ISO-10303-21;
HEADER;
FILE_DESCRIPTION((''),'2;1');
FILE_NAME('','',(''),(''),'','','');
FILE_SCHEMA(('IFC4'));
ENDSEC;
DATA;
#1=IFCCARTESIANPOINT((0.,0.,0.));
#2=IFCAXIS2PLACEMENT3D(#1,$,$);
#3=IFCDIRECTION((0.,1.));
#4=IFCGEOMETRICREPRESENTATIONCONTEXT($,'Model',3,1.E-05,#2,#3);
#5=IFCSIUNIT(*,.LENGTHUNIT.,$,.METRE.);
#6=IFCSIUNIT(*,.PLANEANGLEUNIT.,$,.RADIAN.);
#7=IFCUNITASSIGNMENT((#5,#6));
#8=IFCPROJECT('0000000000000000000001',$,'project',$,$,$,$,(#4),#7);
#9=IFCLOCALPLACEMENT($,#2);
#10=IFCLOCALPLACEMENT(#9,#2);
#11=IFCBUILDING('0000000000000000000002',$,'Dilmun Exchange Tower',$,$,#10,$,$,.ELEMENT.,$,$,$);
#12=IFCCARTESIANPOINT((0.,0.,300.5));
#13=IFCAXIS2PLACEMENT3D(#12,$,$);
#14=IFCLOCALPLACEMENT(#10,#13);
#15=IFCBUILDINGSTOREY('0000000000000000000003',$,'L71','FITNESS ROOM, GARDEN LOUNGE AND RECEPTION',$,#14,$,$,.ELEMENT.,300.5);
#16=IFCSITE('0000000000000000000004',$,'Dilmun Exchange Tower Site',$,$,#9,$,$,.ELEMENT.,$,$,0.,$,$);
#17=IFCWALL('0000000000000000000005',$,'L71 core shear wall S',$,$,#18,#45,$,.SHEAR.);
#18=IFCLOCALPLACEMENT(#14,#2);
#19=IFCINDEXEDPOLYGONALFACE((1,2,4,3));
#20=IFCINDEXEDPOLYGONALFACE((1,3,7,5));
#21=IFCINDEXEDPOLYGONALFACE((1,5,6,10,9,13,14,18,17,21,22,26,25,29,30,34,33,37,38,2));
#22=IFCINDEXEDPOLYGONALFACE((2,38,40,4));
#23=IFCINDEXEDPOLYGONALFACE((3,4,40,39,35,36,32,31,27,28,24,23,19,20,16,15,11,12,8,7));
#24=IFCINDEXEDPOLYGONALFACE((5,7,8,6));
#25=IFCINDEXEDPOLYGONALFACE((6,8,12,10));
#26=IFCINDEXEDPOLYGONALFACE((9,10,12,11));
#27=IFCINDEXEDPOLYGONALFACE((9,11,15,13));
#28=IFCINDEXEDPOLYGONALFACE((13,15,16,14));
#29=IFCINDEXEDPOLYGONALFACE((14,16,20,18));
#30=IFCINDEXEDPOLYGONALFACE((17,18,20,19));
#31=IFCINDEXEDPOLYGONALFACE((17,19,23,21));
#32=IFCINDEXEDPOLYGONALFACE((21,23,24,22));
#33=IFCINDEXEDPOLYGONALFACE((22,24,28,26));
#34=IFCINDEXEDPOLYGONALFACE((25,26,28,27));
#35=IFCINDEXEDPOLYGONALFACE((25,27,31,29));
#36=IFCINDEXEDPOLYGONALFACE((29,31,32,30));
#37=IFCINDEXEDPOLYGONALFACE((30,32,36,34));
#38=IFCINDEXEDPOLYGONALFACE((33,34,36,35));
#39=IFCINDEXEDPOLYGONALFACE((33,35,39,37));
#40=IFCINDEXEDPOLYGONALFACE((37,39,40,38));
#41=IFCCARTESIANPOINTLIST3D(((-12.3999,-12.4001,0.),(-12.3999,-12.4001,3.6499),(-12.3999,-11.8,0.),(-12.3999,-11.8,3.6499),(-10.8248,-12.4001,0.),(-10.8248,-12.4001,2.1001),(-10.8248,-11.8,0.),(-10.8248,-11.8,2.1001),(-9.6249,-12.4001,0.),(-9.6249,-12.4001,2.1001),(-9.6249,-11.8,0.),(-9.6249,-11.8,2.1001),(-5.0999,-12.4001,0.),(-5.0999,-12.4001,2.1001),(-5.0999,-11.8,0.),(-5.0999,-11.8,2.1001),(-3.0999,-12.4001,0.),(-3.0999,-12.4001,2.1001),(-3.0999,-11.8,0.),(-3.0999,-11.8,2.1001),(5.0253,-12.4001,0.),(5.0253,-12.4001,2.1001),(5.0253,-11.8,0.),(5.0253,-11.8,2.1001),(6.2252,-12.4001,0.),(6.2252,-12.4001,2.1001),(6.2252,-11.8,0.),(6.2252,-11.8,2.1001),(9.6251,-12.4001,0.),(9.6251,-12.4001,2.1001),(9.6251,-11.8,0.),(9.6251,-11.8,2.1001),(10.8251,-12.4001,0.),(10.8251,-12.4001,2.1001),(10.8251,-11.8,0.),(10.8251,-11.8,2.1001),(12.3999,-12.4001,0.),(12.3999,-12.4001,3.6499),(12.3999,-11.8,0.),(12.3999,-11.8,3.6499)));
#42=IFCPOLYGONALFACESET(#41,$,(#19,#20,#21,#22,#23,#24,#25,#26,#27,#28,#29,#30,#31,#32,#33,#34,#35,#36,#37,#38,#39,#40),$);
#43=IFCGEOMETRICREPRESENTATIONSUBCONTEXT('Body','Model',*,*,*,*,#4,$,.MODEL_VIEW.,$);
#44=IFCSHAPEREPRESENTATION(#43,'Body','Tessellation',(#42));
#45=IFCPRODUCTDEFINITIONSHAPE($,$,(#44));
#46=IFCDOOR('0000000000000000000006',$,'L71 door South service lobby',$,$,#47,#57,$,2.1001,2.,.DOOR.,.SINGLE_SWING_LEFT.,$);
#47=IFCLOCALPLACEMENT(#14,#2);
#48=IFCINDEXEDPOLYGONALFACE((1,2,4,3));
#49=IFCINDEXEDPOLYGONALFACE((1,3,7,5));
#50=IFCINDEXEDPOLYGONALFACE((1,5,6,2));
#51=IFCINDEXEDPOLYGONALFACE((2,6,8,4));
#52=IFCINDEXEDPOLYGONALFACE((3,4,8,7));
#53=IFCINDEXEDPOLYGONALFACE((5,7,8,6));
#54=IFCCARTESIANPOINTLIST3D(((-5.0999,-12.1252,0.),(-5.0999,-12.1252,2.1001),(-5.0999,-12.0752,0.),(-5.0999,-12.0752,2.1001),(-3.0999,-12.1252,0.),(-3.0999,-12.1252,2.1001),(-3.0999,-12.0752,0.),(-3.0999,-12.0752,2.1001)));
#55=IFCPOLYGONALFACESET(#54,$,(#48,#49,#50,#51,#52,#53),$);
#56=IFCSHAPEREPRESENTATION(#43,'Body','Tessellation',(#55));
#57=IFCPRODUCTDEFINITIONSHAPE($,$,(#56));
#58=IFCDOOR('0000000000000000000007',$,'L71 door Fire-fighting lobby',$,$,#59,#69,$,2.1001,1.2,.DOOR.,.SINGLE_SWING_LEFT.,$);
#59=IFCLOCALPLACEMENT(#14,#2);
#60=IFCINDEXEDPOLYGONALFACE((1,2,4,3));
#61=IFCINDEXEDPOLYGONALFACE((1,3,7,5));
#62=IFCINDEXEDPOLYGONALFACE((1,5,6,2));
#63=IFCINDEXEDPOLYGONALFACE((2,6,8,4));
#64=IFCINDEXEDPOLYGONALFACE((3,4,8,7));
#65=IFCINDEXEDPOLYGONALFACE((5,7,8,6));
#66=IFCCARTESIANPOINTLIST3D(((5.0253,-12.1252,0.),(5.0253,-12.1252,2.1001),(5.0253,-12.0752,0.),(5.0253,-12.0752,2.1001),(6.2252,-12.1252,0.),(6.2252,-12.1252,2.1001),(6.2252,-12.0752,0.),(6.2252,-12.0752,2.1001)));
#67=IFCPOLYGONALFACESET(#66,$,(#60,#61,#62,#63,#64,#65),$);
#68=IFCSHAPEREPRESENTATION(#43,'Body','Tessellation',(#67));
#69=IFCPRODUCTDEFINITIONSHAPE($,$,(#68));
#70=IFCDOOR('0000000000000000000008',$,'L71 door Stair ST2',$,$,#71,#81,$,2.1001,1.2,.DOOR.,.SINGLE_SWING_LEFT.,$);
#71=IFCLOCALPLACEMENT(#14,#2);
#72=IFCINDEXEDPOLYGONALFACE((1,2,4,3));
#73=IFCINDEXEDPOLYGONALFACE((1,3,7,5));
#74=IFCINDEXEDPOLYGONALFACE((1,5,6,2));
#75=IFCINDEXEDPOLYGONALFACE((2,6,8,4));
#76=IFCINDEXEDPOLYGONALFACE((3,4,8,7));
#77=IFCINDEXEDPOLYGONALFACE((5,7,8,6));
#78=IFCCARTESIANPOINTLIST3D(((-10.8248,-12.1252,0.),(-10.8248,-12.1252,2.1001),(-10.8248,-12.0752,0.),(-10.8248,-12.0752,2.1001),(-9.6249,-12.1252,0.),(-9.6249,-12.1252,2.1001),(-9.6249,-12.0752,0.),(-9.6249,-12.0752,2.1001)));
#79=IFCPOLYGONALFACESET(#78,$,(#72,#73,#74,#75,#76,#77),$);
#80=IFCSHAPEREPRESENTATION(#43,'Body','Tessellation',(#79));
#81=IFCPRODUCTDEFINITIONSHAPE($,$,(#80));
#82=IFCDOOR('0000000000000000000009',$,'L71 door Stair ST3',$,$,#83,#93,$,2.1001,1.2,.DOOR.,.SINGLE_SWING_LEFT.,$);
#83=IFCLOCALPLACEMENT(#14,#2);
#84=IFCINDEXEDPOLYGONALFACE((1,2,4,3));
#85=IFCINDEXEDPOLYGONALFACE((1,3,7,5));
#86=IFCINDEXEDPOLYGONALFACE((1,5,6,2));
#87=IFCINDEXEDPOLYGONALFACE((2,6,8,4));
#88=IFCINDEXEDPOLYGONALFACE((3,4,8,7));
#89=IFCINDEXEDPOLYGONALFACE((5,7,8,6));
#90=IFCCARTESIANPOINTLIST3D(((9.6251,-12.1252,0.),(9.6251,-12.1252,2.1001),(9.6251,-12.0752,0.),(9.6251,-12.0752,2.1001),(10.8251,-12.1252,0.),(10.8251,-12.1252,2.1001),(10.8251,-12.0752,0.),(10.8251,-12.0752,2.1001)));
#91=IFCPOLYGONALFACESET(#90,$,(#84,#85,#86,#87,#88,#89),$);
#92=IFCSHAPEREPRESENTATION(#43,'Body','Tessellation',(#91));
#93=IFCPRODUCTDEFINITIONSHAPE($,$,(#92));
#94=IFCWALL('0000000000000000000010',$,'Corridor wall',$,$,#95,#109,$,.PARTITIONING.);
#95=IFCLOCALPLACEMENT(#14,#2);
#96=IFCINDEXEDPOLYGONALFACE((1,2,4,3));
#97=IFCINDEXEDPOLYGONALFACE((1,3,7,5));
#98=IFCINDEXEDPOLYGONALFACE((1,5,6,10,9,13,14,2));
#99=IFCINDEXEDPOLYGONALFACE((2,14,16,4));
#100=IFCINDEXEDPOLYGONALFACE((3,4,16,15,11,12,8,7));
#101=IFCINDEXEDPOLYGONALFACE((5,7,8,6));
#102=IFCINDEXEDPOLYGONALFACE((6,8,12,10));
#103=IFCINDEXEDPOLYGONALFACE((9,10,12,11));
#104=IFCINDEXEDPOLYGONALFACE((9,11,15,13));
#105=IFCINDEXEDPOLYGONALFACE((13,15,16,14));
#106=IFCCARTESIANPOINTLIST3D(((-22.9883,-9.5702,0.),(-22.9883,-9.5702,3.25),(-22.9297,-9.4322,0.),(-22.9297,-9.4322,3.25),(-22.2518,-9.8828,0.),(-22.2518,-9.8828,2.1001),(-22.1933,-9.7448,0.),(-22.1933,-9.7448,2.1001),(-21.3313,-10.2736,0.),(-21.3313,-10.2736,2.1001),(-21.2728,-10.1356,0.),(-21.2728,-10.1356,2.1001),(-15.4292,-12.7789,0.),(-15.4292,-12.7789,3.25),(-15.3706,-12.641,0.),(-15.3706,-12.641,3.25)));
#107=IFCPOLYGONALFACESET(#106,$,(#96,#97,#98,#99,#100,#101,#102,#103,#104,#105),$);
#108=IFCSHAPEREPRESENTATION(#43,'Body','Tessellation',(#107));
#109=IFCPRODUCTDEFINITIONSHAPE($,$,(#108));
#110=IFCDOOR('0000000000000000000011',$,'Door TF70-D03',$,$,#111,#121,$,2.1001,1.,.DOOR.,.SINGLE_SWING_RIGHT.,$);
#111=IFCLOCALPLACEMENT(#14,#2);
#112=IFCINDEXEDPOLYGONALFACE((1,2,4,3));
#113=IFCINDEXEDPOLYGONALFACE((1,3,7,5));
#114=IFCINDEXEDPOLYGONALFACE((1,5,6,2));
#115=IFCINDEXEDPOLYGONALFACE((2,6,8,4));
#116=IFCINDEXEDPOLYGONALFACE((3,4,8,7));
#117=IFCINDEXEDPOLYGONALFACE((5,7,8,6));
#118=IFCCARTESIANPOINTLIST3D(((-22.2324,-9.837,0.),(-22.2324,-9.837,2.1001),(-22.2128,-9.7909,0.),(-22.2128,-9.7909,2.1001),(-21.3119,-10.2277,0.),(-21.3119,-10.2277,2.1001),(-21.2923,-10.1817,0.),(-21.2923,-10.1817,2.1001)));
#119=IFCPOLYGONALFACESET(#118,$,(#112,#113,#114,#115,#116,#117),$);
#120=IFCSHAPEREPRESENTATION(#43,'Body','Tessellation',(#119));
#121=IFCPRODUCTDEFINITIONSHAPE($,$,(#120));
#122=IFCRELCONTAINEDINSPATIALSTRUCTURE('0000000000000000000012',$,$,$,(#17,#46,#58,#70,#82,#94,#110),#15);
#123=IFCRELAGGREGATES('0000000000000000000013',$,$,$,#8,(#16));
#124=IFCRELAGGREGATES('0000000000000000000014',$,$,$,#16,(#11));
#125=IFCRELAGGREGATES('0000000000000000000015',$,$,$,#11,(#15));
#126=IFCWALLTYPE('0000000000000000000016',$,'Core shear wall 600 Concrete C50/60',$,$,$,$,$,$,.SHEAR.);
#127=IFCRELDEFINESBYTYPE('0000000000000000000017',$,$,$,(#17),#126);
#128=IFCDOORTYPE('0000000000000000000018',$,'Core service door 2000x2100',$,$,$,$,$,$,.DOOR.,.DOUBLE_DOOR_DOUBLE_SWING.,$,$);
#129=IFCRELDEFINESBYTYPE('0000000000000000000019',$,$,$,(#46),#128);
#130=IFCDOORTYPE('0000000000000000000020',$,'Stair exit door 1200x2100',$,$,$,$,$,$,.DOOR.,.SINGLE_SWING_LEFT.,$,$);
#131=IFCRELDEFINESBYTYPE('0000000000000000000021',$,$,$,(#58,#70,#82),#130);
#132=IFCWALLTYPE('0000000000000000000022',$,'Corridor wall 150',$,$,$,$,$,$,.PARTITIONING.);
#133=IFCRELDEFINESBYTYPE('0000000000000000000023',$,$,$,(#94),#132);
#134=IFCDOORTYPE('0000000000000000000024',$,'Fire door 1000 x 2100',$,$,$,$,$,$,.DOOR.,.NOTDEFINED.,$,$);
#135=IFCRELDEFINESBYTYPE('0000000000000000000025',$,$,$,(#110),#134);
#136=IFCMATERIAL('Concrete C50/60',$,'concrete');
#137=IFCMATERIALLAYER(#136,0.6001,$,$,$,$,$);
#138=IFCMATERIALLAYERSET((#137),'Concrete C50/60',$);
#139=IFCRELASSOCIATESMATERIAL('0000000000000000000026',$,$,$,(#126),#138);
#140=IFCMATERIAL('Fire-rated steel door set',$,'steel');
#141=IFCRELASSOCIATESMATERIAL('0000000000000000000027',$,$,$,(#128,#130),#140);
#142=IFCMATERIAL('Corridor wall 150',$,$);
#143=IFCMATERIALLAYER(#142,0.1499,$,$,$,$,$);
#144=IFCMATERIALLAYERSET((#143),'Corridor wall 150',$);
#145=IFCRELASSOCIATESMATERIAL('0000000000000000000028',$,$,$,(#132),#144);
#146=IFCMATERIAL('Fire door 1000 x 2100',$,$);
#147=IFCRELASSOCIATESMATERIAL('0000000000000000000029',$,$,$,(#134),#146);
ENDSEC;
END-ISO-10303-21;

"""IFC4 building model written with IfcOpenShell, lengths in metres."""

from ifc_helpers import new_model, si_unit, direction, frame, frame_2d, origin, place, context, subcontext, project, spatial, rectangle, extrude, material, layer, layer_set, type_object, element, fill, save


model = new_model("IFC4")

# Units and contexts
model_context = context("Model", 3, precision=1e-05, world=origin(), true_north=direction((0.0, 1.0)))
body_context = subcontext(model_context, "Body", "Model", "MODEL_VIEW")
ifc_project = project(units=[si_unit("LENGTHUNIT", "METRE"), si_unit("PLANEANGLEUNIT", "RADIAN")], contexts=[model_context])

# Site, building, storey
site_placement = place(None, origin())
site = spatial("IfcSite", under=ifc_project, at=site_placement, Name="Dilmun Exchange Tower Site", CompositionType="ELEMENT", RefElevation=0.0)
building_placement = place(site_placement, origin())
building = spatial("IfcBuilding", under=site, at=building_placement, Name="Dilmun Exchange Tower", CompositionType="ELEMENT")
storey_placement = place(building_placement, frame((0.0, 0.0, 300.5)))
storey = spatial("IfcBuildingStorey", under=building, at=storey_placement, Name="L71", Description="FITNESS ROOM, GARDEN LOUNGE AND RECEPTION", CompositionType="ELEMENT", Elevation=300.5)

# Shared definitions
ifc_material_1 = material(Name="Concrete C50/60", Category="concrete")

# Wall, openings, doors
ifc_material_2 = material(Name="Fire-rated steel door set", Category="steel")
ifc_layer_1 = layer(ifc_material_1, 0.6001)
ifc_layer_set_1 = layer_set([ifc_layer_1], Name="Concrete C50/60")
wall_type_1 = type_object("IfcWallType", Name="Core shear wall 600 Concrete C50/60", PredefinedType="SHEAR", material=ifc_layer_set_1)
wall_1_placement = place(storey_placement, frame((-12.3999, -12.1001, 0.0), z_axis=(0.0, 0.0, 1.0), x_axis=(1.0, 0.0, 0.0)))
wall_1 = element("IfcWall", 1, at=wall_1_placement, inside=storey, type_object=wall_type_1, Name="L71 core shear wall S", PredefinedType="SHEAR", context=body_context, shape_type="SweptSolid", body=[
    extrude(rectangle(XDim=24.7998, YDim=0.6001, at=frame_2d((12.3999, 0.0))), origin(), (0.0, 0.0, 1.0), 3.6499),
])
opening_1_placement = place(wall_1_placement, frame((7.3, 0.0, 0.0)))
opening_1 = element("IfcOpeningElement", 2, at=opening_1_placement, cuts=wall_1, PredefinedType="OPENING", context=body_context, shape_type="SweptSolid", body=[
    extrude(rectangle(XDim=2.0, YDim=2.1001, at=frame_2d((1.0, 1.05))), frame((0.0, 0.3101, 0.0), z_axis=(0.0, -1.0, 0.0), x_axis=(1.0, 0.0, 0.0)), (0.0, 0.0, 1.0), 0.6201),
])
opening_2_placement = place(wall_1_placement, frame((17.425, 0.0, 0.0)))
opening_2 = element("IfcOpeningElement", 3, at=opening_2_placement, cuts=wall_1, PredefinedType="OPENING", context=body_context, shape_type="SweptSolid", body=[
    extrude(rectangle(XDim=1.2, YDim=2.1001, at=frame_2d((0.6001, 1.05))), frame((0.0, 0.3101, 0.0), z_axis=(0.0, -1.0, 0.0), x_axis=(1.0, 0.0, 0.0)), (0.0, 0.0, 1.0), 0.6201),
])
opening_3_placement = place(wall_1_placement, frame((1.575, 0.0, 0.0)))
opening_3 = element("IfcOpeningElement", 4, at=opening_3_placement, cuts=wall_1, PredefinedType="OPENING", context=body_context, shape_type="SweptSolid", body=[
    extrude(rectangle(XDim=1.2, YDim=2.1001, at=frame_2d((0.6001, 1.05))), frame((0.0, 0.3101, 0.0), z_axis=(0.0, -1.0, 0.0), x_axis=(1.0, 0.0, 0.0)), (0.0, 0.0, 1.0), 0.6201),
])
opening_4_placement = place(wall_1_placement, frame((22.0249, 0.0, 0.0)))
opening_4 = element("IfcOpeningElement", 5, at=opening_4_placement, cuts=wall_1, PredefinedType="OPENING", context=body_context, shape_type="SweptSolid", body=[
    extrude(rectangle(XDim=1.2, YDim=2.1001, at=frame_2d((0.6001, 1.05))), frame((0.0, 0.3101, 0.0), z_axis=(0.0, -1.0, 0.0), x_axis=(1.0, 0.0, 0.0)), (0.0, 0.0, 1.0), 0.6201),
])
door_type_1 = type_object("IfcDoorType", Name="Core service door 2000x2100", OperationType="DOUBLE_DOOR_DOUBLE_SWING", PredefinedType="DOOR", material=ifc_material_2)
door_1_placement = place(opening_1_placement, origin())
door_1 = element("IfcDoor", 6, at=door_1_placement, inside=storey, type_object=door_type_1, Name="L71 door South service lobby", OperationType="SINGLE_SWING_LEFT", OverallHeight=2.1001, OverallWidth=2.0, PredefinedType="DOOR", context=body_context, shape_type="SweptSolid", body=[
    extrude(rectangle(XDim=2.0, YDim=2.1001, at=frame_2d((1.0, 1.05))), frame((0.0, 0.0249, 0.0), z_axis=(0.0, -1.0, 0.0), x_axis=(1.0, 0.0, 0.0)), (0.0, 0.0, 1.0), 0.05),
])
fill(opening_1, door_1)
door_type_2 = type_object("IfcDoorType", Name="Stair exit door 1200x2100", OperationType="SINGLE_SWING_LEFT", PredefinedType="DOOR", material=ifc_material_2)
door_2_placement = place(opening_2_placement, origin())
door_2 = element("IfcDoor", 7, at=door_2_placement, inside=storey, type_object=door_type_2, Name="L71 door Fire-fighting lobby", OperationType="SINGLE_SWING_LEFT", OverallHeight=2.1001, OverallWidth=1.2, PredefinedType="DOOR", context=body_context, shape_type="SweptSolid", body=[
    extrude(rectangle(XDim=1.2, YDim=2.1001, at=frame_2d((0.6001, 1.05))), frame((0.0, 0.0249, 0.0), z_axis=(0.0, -1.0, 0.0), x_axis=(1.0, 0.0, 0.0)), (0.0, 0.0, 1.0), 0.05),
])
fill(opening_2, door_2)
door_3_placement = place(opening_3_placement, origin())
door_3 = element("IfcDoor", 8, at=door_3_placement, inside=storey, type_object=door_type_2, Name="L71 door Stair ST2", OperationType="SINGLE_SWING_LEFT", OverallHeight=2.1001, OverallWidth=1.2, PredefinedType="DOOR", context=body_context, shape_type="SweptSolid", body=[
    extrude(rectangle(XDim=1.2, YDim=2.1001, at=frame_2d((0.6001, 1.05))), frame((0.0, 0.0249, 0.0), z_axis=(0.0, -1.0, 0.0), x_axis=(1.0, 0.0, 0.0)), (0.0, 0.0, 1.0), 0.05),
])
fill(opening_3, door_3)
door_4_placement = place(opening_4_placement, origin())
door_4 = element("IfcDoor", 9, at=door_4_placement, inside=storey, type_object=door_type_2, Name="L71 door Stair ST3", OperationType="SINGLE_SWING_LEFT", OverallHeight=2.1001, OverallWidth=1.2, PredefinedType="DOOR", context=body_context, shape_type="SweptSolid", body=[
    extrude(rectangle(XDim=1.2, YDim=2.1001, at=frame_2d((0.6001, 1.05))), frame((0.0, 0.0249, 0.0), z_axis=(0.0, -1.0, 0.0), x_axis=(1.0, 0.0, 0.0)), (0.0, 0.0, 1.0), 0.05),
])
fill(opening_4, door_4)

# Wall, opening, door
ifc_material_3 = material(Name="Corridor wall 150")
ifc_layer_2 = layer(ifc_material_3, 0.1499)
ifc_layer_set_2 = layer_set([ifc_layer_2], Name="Corridor wall 150")
wall_type_2 = type_object("IfcWallType", Name="Corridor wall 150", PredefinedType="PARTITIONING", material=ifc_layer_set_2)
wall_2_placement = place(storey_placement, frame((-22.959, -9.5012, 0.0), z_axis=(0.0, 0.0, 1.0), x_axis=(0.9205, -0.390741, 0.0)))
wall_2 = element("IfcWall", 10, at=wall_2_placement, inside=storey, type_object=wall_type_2, Name="Corridor wall", PredefinedType="PARTITIONING", context=body_context, shape_type="SweptSolid", body=[
    extrude(rectangle(XDim=8.2119, YDim=0.1499, at=frame_2d((4.106, 0.0))), origin(), (0.0, 0.0, 1.0), 3.25),
])
opening_5_placement = place(wall_2_placement, frame((0.8, 0.0, 0.0)))
opening_5 = element("IfcOpeningElement", 11, at=opening_5_placement, cuts=wall_2, PredefinedType="OPENING", context=body_context, shape_type="SweptSolid", body=[
    extrude(rectangle(XDim=1.0, YDim=2.1001, at=frame_2d((0.5, 1.05))), frame((0.0, 0.085, 0.0), z_axis=(0.0, -1.0, 0.0), x_axis=(1.0, 0.0, 0.0)), (0.0, 0.0, 1.0), 0.1699),
])
ifc_material_4 = material(Name="Fire door 1000 x 2100")
door_type_3 = type_object("IfcDoorType", Name="Fire door 1000 x 2100", OperationType="NOTDEFINED", PredefinedType="DOOR", material=ifc_material_4)
door_5_placement = place(opening_5_placement, origin())
door_5 = element("IfcDoor", 12, at=door_5_placement, inside=storey, type_object=door_type_3, Name="Door TF70-D03", OperationType="SINGLE_SWING_RIGHT", OverallHeight=2.1001, OverallWidth=1.0, PredefinedType="DOOR", context=body_context, shape_type="SweptSolid", body=[
    extrude(rectangle(XDim=1.0, YDim=2.1001, at=frame_2d((0.5, 1.05))), frame((0.0, 0.0249, 0.0), z_axis=(0.0, -1.0, 0.0), x_axis=(1.0, 0.0, 0.0)), (0.0, 0.0, 1.0), 0.05),
])
fill(opening_5, door_5)

save(model, "model.ifc")
